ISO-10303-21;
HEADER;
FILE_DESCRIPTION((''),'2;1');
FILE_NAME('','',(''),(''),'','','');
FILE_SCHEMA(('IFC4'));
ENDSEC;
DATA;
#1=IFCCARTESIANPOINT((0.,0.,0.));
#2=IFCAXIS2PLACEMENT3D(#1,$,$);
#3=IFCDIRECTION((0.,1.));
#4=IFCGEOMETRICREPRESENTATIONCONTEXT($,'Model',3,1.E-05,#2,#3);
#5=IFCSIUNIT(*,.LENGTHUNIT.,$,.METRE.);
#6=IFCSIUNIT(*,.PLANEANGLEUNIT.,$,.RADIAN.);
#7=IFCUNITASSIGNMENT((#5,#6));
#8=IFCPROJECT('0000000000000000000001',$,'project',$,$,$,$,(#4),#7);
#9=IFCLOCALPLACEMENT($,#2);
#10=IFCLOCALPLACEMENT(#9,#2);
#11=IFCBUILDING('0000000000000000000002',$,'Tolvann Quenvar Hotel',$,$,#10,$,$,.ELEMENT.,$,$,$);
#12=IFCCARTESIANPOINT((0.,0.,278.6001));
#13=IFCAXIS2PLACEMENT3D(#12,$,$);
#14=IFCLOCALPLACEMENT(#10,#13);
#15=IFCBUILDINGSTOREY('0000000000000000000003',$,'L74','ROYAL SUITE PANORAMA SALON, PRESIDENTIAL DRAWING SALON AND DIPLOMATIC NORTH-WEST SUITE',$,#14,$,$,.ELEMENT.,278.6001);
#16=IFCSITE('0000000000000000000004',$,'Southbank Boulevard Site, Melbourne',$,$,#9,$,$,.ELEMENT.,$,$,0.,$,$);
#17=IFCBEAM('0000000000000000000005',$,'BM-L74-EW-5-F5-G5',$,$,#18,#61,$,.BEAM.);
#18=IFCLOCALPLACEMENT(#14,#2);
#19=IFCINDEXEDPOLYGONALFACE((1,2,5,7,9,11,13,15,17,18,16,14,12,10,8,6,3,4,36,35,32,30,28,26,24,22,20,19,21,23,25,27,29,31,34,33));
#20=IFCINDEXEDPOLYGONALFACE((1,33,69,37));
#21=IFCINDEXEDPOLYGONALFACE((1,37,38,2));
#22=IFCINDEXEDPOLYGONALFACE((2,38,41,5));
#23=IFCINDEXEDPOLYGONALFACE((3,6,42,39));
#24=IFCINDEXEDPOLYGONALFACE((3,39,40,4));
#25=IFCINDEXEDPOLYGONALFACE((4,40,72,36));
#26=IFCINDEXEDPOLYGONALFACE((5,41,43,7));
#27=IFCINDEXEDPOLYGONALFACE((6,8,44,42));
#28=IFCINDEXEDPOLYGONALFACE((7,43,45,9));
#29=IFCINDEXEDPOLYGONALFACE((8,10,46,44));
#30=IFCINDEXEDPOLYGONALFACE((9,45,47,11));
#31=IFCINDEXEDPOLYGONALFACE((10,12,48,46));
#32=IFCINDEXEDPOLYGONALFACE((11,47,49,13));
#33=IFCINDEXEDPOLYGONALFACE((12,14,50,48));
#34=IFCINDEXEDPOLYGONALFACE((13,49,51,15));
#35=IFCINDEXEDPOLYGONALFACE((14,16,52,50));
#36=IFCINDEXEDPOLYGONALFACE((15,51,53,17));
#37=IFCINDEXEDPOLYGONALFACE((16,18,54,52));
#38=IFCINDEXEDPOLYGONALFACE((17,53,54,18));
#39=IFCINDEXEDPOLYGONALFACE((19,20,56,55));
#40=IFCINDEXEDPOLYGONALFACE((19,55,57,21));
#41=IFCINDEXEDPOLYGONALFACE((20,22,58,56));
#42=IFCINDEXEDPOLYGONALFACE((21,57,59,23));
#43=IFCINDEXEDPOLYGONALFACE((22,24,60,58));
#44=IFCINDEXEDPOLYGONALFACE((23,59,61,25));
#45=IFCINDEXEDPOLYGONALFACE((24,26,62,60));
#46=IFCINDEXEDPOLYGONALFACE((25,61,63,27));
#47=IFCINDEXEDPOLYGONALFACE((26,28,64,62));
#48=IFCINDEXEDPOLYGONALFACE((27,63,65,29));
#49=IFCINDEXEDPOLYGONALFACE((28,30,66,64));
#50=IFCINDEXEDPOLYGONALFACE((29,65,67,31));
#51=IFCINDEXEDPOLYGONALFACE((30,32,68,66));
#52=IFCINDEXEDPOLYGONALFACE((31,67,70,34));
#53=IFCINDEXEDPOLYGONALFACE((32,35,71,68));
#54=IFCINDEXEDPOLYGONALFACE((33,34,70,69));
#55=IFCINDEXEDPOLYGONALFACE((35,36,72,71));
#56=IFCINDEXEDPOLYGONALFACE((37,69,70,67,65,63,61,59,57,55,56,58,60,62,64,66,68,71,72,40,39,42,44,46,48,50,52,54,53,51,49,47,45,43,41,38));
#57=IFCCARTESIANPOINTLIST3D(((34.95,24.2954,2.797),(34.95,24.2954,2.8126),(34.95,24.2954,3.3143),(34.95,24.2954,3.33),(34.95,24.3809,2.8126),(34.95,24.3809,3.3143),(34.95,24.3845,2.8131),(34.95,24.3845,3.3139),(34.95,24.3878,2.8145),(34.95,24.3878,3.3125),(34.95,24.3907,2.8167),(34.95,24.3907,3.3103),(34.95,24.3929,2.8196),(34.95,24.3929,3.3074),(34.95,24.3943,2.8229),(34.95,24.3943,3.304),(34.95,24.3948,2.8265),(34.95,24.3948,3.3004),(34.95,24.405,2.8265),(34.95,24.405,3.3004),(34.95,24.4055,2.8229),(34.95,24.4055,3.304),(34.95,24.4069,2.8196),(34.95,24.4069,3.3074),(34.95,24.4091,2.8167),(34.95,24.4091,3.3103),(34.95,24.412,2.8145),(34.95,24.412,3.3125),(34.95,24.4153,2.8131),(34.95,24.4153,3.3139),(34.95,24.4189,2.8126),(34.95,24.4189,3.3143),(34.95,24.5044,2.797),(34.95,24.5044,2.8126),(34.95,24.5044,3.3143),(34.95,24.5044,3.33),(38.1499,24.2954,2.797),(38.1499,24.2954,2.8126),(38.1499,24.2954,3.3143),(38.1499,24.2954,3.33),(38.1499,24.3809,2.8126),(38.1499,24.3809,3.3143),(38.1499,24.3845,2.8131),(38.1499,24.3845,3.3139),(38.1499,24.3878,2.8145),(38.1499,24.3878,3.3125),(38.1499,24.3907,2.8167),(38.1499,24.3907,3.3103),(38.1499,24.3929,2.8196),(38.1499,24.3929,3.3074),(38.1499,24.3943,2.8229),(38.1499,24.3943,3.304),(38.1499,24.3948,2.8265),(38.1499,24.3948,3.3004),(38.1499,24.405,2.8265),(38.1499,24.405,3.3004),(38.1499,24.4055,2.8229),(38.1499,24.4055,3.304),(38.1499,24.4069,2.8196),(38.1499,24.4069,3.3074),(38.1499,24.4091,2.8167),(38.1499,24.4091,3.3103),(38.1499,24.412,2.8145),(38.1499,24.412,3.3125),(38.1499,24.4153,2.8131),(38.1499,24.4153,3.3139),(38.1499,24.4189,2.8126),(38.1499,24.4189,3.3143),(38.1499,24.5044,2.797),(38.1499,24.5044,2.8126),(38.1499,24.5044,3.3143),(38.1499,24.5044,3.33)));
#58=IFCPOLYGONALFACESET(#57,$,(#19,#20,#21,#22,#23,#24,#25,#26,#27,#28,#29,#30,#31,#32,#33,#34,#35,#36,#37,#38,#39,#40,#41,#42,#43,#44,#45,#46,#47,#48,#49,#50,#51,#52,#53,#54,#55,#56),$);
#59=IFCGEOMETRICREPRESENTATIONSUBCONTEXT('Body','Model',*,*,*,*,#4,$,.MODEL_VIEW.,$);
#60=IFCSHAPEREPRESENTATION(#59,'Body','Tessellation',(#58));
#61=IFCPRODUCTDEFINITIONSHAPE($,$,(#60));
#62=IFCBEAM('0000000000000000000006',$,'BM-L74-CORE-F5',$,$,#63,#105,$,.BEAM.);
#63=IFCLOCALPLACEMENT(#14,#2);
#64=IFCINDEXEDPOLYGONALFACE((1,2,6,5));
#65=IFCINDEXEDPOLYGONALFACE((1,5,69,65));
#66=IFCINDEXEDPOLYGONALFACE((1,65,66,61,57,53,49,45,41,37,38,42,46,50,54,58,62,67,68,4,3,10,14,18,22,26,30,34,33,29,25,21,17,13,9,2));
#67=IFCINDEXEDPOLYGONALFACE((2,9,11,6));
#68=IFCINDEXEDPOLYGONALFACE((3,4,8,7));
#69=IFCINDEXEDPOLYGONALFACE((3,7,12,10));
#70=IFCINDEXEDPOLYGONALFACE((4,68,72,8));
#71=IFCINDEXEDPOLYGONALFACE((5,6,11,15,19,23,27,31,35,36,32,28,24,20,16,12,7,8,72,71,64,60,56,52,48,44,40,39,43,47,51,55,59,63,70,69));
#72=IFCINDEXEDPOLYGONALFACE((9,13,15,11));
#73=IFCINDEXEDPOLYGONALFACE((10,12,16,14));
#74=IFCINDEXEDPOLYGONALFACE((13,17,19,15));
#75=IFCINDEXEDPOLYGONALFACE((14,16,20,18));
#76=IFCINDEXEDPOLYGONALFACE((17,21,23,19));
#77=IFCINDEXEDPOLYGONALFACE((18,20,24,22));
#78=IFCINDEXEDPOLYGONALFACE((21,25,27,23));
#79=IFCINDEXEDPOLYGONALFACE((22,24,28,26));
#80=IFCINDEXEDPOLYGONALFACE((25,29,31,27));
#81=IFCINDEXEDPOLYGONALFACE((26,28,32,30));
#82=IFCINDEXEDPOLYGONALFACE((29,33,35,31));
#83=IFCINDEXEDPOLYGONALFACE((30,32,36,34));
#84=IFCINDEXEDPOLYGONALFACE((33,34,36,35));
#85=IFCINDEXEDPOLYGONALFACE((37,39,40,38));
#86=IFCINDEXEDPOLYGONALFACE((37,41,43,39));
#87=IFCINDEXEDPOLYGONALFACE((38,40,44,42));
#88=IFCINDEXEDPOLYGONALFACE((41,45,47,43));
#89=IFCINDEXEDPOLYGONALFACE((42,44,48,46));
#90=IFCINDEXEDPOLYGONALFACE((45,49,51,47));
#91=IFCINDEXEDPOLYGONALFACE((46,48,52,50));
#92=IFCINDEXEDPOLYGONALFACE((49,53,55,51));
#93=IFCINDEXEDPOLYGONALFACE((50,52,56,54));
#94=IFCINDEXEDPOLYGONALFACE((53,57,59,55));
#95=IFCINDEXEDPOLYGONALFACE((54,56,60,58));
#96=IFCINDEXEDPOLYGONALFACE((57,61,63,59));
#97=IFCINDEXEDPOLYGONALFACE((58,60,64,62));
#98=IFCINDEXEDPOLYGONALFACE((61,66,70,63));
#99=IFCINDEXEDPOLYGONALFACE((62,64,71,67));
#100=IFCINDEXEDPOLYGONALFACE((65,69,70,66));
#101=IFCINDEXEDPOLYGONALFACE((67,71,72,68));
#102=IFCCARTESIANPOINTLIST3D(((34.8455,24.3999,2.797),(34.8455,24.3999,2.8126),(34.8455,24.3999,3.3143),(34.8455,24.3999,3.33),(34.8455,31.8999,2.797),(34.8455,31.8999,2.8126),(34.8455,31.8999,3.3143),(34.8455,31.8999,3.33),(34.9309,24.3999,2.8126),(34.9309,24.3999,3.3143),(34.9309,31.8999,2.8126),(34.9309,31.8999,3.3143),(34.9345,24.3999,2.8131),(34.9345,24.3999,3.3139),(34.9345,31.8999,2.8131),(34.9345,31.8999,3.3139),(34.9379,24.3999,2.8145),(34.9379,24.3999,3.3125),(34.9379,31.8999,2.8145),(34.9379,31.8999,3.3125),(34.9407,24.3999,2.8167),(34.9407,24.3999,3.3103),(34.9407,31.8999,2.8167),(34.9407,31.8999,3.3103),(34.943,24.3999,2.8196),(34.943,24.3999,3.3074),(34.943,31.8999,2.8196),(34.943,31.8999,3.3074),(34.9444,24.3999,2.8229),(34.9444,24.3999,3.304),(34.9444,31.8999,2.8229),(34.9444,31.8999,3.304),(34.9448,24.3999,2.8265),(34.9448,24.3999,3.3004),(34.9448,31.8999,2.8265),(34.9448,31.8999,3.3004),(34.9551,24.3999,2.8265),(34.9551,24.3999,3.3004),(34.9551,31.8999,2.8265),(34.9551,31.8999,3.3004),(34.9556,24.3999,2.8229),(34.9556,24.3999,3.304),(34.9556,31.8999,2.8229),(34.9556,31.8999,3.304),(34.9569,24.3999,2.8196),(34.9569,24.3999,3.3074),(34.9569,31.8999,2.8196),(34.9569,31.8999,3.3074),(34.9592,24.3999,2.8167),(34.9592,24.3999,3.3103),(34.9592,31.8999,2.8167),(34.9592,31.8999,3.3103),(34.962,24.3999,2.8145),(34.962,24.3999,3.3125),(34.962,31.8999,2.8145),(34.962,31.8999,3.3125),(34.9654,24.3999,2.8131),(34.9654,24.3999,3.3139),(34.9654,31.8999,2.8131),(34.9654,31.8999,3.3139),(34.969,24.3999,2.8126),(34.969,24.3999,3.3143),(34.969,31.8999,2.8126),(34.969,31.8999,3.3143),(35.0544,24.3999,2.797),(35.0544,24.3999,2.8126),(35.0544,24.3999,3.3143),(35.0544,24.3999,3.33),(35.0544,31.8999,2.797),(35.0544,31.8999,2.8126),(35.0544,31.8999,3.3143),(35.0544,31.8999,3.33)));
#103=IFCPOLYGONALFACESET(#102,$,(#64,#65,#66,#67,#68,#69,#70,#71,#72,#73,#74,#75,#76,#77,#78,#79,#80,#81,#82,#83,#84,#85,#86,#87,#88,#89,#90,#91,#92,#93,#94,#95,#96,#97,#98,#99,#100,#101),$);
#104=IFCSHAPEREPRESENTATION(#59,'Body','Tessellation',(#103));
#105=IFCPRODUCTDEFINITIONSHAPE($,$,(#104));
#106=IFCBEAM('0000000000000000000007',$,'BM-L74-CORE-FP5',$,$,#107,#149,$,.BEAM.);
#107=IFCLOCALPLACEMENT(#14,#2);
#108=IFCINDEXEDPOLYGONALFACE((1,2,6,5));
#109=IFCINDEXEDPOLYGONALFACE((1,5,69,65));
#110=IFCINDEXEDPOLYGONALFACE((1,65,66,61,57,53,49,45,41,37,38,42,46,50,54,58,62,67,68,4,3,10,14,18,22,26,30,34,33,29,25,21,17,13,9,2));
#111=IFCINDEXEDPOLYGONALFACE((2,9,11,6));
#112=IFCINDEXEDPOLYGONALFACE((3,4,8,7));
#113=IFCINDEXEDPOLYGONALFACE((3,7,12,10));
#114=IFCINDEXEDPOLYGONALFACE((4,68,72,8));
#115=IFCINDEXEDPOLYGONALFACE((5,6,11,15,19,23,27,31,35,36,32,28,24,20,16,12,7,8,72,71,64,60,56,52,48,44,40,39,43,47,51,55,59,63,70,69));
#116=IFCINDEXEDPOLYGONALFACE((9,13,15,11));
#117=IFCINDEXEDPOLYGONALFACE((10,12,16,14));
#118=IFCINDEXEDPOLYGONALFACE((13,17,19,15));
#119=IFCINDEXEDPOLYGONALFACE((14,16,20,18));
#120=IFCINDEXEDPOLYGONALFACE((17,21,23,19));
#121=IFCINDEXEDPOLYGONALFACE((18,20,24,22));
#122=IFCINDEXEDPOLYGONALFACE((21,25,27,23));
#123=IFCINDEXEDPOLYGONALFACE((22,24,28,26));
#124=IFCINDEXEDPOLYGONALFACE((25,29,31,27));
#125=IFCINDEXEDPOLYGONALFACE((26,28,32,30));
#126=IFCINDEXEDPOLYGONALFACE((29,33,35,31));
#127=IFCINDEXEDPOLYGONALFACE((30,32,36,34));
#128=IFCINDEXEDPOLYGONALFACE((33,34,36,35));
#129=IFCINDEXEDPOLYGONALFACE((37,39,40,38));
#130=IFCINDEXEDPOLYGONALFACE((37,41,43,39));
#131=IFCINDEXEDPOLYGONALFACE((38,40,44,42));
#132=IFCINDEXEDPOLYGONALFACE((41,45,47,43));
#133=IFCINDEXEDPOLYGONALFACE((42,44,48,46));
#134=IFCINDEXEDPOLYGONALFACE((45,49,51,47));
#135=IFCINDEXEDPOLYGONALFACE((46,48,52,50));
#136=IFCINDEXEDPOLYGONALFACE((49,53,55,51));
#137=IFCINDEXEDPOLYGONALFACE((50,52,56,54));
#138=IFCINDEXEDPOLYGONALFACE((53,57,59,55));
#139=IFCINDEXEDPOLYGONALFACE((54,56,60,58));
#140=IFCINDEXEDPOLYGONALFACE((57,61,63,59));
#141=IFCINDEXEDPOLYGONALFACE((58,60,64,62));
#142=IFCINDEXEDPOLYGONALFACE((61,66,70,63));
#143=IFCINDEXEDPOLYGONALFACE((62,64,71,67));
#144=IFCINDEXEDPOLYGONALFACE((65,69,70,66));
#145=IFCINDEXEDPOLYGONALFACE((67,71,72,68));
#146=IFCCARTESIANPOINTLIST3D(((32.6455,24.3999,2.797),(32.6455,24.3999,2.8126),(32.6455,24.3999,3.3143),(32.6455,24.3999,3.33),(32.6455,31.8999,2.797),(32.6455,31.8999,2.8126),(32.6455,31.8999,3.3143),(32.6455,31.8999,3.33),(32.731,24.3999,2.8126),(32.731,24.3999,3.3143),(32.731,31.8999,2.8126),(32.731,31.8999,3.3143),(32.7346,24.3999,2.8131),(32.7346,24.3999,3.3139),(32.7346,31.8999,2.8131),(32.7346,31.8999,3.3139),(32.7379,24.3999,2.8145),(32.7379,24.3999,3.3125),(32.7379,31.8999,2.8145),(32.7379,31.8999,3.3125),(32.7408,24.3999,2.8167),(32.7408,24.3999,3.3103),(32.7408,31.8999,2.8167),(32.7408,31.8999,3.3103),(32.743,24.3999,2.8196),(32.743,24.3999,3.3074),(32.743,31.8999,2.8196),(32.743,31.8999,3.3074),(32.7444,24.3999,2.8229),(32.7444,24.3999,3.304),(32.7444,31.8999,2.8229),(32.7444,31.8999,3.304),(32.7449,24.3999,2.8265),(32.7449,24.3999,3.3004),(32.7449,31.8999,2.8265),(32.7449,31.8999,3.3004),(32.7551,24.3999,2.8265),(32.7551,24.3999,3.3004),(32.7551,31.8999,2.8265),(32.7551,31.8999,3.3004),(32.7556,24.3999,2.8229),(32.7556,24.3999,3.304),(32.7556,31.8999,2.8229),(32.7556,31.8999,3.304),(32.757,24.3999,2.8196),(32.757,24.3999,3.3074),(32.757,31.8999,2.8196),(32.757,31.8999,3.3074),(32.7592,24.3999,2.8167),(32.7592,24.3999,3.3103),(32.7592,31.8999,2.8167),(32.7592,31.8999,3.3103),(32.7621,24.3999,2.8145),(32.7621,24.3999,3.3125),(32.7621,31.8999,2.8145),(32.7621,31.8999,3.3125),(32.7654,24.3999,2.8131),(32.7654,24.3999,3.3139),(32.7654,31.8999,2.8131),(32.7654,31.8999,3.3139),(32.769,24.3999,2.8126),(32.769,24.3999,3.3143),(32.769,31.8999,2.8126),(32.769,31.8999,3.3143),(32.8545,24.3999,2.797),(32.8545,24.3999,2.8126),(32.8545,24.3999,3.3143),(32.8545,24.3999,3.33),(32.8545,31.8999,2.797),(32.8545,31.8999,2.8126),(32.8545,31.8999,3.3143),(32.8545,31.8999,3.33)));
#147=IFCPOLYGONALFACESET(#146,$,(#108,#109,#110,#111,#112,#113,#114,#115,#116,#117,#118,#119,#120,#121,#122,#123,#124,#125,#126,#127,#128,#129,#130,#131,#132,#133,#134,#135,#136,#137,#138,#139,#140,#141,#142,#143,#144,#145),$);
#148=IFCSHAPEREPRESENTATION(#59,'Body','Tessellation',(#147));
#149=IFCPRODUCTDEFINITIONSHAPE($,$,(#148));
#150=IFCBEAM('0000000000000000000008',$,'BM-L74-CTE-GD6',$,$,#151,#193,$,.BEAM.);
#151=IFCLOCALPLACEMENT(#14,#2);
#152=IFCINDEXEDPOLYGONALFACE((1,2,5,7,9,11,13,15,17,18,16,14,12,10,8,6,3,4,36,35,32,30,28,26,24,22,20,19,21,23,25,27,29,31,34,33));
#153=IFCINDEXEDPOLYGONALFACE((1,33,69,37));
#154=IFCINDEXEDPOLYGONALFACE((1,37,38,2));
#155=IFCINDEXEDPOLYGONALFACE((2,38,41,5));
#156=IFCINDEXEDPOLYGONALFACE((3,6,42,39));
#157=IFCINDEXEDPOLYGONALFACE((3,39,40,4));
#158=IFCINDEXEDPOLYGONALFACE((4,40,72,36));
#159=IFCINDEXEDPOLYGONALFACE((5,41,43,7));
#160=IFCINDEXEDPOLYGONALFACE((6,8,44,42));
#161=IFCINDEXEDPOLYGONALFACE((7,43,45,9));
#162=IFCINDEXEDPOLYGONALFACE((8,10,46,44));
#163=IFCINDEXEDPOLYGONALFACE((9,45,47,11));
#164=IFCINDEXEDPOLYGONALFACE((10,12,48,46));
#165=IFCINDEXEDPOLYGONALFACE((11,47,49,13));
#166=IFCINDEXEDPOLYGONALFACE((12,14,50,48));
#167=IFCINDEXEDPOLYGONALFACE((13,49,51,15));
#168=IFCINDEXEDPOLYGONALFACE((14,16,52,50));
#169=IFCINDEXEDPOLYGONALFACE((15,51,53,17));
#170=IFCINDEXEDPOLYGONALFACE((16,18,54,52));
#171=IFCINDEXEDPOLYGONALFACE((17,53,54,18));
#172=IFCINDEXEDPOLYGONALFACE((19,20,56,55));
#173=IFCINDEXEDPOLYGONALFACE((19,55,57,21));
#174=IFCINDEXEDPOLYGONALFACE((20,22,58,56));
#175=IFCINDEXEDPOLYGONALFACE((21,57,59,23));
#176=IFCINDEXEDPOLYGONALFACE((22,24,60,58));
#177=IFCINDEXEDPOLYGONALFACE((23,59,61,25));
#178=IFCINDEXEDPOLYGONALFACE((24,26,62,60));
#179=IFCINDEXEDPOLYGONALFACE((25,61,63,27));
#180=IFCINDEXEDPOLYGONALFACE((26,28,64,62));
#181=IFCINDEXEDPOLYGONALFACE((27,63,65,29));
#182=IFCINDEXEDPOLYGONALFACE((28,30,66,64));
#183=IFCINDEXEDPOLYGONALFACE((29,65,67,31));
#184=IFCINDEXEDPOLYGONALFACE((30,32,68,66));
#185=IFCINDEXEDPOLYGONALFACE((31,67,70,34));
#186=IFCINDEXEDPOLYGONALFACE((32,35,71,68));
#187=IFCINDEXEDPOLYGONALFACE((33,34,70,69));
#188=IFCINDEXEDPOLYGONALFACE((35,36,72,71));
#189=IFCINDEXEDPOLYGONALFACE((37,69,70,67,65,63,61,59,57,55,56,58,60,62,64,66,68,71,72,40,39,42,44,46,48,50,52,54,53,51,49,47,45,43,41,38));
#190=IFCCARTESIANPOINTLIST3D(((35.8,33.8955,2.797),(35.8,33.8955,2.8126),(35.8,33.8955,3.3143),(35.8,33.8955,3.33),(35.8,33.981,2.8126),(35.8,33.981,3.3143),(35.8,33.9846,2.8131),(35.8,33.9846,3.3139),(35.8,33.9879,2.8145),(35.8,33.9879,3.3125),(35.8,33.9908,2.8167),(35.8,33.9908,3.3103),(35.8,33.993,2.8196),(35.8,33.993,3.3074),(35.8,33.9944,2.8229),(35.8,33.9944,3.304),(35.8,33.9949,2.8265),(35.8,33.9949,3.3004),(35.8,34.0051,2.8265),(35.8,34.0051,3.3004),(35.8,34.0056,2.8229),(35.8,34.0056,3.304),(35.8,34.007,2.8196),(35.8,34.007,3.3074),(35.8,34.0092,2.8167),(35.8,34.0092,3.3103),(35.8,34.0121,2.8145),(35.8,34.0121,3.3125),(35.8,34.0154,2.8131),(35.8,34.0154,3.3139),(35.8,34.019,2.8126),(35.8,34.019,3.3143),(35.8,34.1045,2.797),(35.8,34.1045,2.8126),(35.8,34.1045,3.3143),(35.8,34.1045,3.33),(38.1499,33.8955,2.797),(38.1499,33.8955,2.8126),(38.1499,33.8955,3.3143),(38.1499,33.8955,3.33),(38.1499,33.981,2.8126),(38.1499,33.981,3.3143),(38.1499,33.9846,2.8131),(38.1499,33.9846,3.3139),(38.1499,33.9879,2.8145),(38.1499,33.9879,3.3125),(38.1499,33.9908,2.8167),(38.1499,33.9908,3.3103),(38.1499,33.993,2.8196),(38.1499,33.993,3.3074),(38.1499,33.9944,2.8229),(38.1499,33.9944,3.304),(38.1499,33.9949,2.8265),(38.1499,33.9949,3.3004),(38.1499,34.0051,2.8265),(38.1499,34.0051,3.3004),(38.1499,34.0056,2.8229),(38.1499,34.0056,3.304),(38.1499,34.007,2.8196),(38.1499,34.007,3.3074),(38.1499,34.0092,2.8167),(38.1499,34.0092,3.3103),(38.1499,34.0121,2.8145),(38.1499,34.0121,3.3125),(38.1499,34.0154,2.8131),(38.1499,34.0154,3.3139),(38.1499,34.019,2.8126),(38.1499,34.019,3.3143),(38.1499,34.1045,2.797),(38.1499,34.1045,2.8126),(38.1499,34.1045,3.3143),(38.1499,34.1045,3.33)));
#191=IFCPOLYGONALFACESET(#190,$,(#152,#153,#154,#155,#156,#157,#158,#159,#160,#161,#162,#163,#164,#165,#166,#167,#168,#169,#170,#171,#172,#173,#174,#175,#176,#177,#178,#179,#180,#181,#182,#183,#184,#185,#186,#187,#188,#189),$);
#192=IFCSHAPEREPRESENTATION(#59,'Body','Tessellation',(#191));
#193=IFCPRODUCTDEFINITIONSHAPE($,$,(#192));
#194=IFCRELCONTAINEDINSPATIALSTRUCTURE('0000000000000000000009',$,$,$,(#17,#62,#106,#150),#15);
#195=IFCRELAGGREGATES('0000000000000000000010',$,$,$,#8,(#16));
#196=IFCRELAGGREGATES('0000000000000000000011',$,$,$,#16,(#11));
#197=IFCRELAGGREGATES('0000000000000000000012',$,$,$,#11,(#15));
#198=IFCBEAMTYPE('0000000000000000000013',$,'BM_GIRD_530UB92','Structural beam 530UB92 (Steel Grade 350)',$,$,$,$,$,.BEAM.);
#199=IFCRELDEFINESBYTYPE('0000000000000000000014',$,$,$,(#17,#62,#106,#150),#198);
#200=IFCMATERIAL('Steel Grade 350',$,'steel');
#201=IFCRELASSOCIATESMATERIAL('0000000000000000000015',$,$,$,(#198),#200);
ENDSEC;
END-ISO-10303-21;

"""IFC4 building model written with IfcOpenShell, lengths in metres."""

from ifc_helpers import new_model, si_unit, direction, frame, origin, origin_2d, place, context, subcontext, project, spatial, i_section, extrude, source, transform, mapped, material, material_profile, profile_set, type_object, type_shapes, element, save


model = new_model("IFC4")

# Units and contexts
model_context = context("Model", 3, precision=1e-05, world=origin(), true_north=direction((0.0, 1.0)))
body_context = subcontext(model_context, "Body", "Model", "MODEL_VIEW")
ifc_project = project(units=[si_unit("LENGTHUNIT", "METRE"), si_unit("PLANEANGLEUNIT", "RADIAN")], contexts=[model_context])

# Site, building, storey
site_placement = place(None, origin())
site = spatial("IfcSite", under=ifc_project, at=site_placement, Name="Southbank Boulevard Site, Melbourne", CompositionType="ELEMENT", RefElevation=0.0)
building_placement = place(site_placement, origin())
building = spatial("IfcBuilding", under=site, at=building_placement, Name="Tolvann Quenvar Hotel", CompositionType="ELEMENT")
storey_placement = place(building_placement, frame((0.0, 0.0, 278.6001)))
storey = spatial("IfcBuildingStorey", under=building, at=storey_placement, Name="L74", Description="ROYAL SUITE PANORAMA SALON, PRESIDENTIAL DRAWING SALON AND DIPLOMATIC NORTH-WEST SUITE", CompositionType="ELEMENT", Elevation=278.6001)

# Shared definitions
ifc_material_1 = material(Name="Steel Grade 350", Category="steel")

# Beams
ifc_material_profile_1 = material_profile(ifc_material_1, i_section(OverallWidth=0.209, OverallDepth=0.533, WebThickness=0.0103, FlangeThickness=0.0156, FilletRadius=0.0139, at=origin_2d()), Name="530UB92")
ifc_profile_set_1 = profile_set([ifc_material_profile_1], Name="Steel Grade 350")
beam_type_1 = type_object("IfcBeamType", Name="BM_GIRD_530UB92", Description="Structural beam 530UB92 (Steel Grade 350)", PredefinedType="BEAM", material=ifc_profile_set_1)
shared_shape_1 = source(origin(), body_context, "Body", "SweptSolid", [
    extrude(i_section(OverallWidth=0.209, OverallDepth=0.533, WebThickness=0.0103, FlangeThickness=0.0156, FilletRadius=0.0139, at=origin_2d()), origin(), (0.0, 0.0, 1.0), 3.2),
])
beam_1_placement = place(storey_placement, frame((34.95, 24.3999, 3.0635), z_axis=(1.0, 0.0, 0.0), x_axis=(0.0, 1.0, 0.0)))
element("IfcBeam", 1, at=beam_1_placement, inside=storey, type_object=beam_type_1, Name="BM-L74-EW-5-F5-G5", PredefinedType="BEAM", context=body_context, shape_type="MappedRepresentation", body=[
    mapped(shared_shape_1, transform((0.0, 0.0, 0.0), x_axis=(1.0, 0.0, 0.0), y_axis=(0.0, 1.0, 0.0), z_axis=(0.0, 0.0, 1.0), scale=1.0)),
])
shared_shape_2 = source(origin(), body_context, "Body", "SweptSolid", [
    extrude(i_section(OverallWidth=0.209, OverallDepth=0.533, WebThickness=0.0103, FlangeThickness=0.0156, FilletRadius=0.0139, at=origin_2d()), origin(), (0.0, 0.0, 1.0), 7.5),
])
for number, where, z_axis, x_axis, name in (
    (2, (34.95, 24.3999, 3.0635), (0.0, 1.0, 0.0), (-1.0, 0.0, 0.0), "BM-L74-CORE-F5"),
    (3, (32.75, 24.3999, 3.0635), (0.0, 1.0, 0.0), (-1.0, 0.0, 0.0), "BM-L74-CORE-FP5"),
):
    element("IfcBeam", number, at=place(storey_placement, frame(where, z_axis=z_axis, x_axis=x_axis)), inside=storey, type_object=beam_type_1, Name=name, PredefinedType="BEAM", context=body_context, shape_type="MappedRepresentation", body=[
        mapped(shared_shape_2, transform((0.0, 0.0, 0.0), x_axis=(1.0, 0.0, 0.0), y_axis=(0.0, 1.0, 0.0), z_axis=(0.0, 0.0, 1.0), scale=1.0)),
    ])
shared_shape_3 = source(origin(), body_context, "Body", "SweptSolid", [
    extrude(i_section(OverallWidth=0.209, OverallDepth=0.533, WebThickness=0.0103, FlangeThickness=0.0156, FilletRadius=0.0139, at=origin_2d()), origin(), (0.0, 0.0, 1.0), 2.3499),
])
type_shapes(beam_type_1, [shared_shape_1, shared_shape_2, shared_shape_3])
beam_2_placement = place(storey_placement, frame((35.8, 34.0, 3.0635), z_axis=(1.0, 0.0, 0.0), x_axis=(0.0, 1.0, 0.0)))
element("IfcBeam", 4, at=beam_2_placement, inside=storey, type_object=beam_type_1, Name="BM-L74-CTE-GD6", PredefinedType="BEAM", context=body_context, shape_type="MappedRepresentation", body=[
    mapped(shared_shape_3, transform((0.0, 0.0, 0.0), x_axis=(1.0, 0.0, 0.0), y_axis=(0.0, 1.0, 0.0), z_axis=(0.0, 0.0, 1.0), scale=1.0)),
])

save(model, "model.ifc")
